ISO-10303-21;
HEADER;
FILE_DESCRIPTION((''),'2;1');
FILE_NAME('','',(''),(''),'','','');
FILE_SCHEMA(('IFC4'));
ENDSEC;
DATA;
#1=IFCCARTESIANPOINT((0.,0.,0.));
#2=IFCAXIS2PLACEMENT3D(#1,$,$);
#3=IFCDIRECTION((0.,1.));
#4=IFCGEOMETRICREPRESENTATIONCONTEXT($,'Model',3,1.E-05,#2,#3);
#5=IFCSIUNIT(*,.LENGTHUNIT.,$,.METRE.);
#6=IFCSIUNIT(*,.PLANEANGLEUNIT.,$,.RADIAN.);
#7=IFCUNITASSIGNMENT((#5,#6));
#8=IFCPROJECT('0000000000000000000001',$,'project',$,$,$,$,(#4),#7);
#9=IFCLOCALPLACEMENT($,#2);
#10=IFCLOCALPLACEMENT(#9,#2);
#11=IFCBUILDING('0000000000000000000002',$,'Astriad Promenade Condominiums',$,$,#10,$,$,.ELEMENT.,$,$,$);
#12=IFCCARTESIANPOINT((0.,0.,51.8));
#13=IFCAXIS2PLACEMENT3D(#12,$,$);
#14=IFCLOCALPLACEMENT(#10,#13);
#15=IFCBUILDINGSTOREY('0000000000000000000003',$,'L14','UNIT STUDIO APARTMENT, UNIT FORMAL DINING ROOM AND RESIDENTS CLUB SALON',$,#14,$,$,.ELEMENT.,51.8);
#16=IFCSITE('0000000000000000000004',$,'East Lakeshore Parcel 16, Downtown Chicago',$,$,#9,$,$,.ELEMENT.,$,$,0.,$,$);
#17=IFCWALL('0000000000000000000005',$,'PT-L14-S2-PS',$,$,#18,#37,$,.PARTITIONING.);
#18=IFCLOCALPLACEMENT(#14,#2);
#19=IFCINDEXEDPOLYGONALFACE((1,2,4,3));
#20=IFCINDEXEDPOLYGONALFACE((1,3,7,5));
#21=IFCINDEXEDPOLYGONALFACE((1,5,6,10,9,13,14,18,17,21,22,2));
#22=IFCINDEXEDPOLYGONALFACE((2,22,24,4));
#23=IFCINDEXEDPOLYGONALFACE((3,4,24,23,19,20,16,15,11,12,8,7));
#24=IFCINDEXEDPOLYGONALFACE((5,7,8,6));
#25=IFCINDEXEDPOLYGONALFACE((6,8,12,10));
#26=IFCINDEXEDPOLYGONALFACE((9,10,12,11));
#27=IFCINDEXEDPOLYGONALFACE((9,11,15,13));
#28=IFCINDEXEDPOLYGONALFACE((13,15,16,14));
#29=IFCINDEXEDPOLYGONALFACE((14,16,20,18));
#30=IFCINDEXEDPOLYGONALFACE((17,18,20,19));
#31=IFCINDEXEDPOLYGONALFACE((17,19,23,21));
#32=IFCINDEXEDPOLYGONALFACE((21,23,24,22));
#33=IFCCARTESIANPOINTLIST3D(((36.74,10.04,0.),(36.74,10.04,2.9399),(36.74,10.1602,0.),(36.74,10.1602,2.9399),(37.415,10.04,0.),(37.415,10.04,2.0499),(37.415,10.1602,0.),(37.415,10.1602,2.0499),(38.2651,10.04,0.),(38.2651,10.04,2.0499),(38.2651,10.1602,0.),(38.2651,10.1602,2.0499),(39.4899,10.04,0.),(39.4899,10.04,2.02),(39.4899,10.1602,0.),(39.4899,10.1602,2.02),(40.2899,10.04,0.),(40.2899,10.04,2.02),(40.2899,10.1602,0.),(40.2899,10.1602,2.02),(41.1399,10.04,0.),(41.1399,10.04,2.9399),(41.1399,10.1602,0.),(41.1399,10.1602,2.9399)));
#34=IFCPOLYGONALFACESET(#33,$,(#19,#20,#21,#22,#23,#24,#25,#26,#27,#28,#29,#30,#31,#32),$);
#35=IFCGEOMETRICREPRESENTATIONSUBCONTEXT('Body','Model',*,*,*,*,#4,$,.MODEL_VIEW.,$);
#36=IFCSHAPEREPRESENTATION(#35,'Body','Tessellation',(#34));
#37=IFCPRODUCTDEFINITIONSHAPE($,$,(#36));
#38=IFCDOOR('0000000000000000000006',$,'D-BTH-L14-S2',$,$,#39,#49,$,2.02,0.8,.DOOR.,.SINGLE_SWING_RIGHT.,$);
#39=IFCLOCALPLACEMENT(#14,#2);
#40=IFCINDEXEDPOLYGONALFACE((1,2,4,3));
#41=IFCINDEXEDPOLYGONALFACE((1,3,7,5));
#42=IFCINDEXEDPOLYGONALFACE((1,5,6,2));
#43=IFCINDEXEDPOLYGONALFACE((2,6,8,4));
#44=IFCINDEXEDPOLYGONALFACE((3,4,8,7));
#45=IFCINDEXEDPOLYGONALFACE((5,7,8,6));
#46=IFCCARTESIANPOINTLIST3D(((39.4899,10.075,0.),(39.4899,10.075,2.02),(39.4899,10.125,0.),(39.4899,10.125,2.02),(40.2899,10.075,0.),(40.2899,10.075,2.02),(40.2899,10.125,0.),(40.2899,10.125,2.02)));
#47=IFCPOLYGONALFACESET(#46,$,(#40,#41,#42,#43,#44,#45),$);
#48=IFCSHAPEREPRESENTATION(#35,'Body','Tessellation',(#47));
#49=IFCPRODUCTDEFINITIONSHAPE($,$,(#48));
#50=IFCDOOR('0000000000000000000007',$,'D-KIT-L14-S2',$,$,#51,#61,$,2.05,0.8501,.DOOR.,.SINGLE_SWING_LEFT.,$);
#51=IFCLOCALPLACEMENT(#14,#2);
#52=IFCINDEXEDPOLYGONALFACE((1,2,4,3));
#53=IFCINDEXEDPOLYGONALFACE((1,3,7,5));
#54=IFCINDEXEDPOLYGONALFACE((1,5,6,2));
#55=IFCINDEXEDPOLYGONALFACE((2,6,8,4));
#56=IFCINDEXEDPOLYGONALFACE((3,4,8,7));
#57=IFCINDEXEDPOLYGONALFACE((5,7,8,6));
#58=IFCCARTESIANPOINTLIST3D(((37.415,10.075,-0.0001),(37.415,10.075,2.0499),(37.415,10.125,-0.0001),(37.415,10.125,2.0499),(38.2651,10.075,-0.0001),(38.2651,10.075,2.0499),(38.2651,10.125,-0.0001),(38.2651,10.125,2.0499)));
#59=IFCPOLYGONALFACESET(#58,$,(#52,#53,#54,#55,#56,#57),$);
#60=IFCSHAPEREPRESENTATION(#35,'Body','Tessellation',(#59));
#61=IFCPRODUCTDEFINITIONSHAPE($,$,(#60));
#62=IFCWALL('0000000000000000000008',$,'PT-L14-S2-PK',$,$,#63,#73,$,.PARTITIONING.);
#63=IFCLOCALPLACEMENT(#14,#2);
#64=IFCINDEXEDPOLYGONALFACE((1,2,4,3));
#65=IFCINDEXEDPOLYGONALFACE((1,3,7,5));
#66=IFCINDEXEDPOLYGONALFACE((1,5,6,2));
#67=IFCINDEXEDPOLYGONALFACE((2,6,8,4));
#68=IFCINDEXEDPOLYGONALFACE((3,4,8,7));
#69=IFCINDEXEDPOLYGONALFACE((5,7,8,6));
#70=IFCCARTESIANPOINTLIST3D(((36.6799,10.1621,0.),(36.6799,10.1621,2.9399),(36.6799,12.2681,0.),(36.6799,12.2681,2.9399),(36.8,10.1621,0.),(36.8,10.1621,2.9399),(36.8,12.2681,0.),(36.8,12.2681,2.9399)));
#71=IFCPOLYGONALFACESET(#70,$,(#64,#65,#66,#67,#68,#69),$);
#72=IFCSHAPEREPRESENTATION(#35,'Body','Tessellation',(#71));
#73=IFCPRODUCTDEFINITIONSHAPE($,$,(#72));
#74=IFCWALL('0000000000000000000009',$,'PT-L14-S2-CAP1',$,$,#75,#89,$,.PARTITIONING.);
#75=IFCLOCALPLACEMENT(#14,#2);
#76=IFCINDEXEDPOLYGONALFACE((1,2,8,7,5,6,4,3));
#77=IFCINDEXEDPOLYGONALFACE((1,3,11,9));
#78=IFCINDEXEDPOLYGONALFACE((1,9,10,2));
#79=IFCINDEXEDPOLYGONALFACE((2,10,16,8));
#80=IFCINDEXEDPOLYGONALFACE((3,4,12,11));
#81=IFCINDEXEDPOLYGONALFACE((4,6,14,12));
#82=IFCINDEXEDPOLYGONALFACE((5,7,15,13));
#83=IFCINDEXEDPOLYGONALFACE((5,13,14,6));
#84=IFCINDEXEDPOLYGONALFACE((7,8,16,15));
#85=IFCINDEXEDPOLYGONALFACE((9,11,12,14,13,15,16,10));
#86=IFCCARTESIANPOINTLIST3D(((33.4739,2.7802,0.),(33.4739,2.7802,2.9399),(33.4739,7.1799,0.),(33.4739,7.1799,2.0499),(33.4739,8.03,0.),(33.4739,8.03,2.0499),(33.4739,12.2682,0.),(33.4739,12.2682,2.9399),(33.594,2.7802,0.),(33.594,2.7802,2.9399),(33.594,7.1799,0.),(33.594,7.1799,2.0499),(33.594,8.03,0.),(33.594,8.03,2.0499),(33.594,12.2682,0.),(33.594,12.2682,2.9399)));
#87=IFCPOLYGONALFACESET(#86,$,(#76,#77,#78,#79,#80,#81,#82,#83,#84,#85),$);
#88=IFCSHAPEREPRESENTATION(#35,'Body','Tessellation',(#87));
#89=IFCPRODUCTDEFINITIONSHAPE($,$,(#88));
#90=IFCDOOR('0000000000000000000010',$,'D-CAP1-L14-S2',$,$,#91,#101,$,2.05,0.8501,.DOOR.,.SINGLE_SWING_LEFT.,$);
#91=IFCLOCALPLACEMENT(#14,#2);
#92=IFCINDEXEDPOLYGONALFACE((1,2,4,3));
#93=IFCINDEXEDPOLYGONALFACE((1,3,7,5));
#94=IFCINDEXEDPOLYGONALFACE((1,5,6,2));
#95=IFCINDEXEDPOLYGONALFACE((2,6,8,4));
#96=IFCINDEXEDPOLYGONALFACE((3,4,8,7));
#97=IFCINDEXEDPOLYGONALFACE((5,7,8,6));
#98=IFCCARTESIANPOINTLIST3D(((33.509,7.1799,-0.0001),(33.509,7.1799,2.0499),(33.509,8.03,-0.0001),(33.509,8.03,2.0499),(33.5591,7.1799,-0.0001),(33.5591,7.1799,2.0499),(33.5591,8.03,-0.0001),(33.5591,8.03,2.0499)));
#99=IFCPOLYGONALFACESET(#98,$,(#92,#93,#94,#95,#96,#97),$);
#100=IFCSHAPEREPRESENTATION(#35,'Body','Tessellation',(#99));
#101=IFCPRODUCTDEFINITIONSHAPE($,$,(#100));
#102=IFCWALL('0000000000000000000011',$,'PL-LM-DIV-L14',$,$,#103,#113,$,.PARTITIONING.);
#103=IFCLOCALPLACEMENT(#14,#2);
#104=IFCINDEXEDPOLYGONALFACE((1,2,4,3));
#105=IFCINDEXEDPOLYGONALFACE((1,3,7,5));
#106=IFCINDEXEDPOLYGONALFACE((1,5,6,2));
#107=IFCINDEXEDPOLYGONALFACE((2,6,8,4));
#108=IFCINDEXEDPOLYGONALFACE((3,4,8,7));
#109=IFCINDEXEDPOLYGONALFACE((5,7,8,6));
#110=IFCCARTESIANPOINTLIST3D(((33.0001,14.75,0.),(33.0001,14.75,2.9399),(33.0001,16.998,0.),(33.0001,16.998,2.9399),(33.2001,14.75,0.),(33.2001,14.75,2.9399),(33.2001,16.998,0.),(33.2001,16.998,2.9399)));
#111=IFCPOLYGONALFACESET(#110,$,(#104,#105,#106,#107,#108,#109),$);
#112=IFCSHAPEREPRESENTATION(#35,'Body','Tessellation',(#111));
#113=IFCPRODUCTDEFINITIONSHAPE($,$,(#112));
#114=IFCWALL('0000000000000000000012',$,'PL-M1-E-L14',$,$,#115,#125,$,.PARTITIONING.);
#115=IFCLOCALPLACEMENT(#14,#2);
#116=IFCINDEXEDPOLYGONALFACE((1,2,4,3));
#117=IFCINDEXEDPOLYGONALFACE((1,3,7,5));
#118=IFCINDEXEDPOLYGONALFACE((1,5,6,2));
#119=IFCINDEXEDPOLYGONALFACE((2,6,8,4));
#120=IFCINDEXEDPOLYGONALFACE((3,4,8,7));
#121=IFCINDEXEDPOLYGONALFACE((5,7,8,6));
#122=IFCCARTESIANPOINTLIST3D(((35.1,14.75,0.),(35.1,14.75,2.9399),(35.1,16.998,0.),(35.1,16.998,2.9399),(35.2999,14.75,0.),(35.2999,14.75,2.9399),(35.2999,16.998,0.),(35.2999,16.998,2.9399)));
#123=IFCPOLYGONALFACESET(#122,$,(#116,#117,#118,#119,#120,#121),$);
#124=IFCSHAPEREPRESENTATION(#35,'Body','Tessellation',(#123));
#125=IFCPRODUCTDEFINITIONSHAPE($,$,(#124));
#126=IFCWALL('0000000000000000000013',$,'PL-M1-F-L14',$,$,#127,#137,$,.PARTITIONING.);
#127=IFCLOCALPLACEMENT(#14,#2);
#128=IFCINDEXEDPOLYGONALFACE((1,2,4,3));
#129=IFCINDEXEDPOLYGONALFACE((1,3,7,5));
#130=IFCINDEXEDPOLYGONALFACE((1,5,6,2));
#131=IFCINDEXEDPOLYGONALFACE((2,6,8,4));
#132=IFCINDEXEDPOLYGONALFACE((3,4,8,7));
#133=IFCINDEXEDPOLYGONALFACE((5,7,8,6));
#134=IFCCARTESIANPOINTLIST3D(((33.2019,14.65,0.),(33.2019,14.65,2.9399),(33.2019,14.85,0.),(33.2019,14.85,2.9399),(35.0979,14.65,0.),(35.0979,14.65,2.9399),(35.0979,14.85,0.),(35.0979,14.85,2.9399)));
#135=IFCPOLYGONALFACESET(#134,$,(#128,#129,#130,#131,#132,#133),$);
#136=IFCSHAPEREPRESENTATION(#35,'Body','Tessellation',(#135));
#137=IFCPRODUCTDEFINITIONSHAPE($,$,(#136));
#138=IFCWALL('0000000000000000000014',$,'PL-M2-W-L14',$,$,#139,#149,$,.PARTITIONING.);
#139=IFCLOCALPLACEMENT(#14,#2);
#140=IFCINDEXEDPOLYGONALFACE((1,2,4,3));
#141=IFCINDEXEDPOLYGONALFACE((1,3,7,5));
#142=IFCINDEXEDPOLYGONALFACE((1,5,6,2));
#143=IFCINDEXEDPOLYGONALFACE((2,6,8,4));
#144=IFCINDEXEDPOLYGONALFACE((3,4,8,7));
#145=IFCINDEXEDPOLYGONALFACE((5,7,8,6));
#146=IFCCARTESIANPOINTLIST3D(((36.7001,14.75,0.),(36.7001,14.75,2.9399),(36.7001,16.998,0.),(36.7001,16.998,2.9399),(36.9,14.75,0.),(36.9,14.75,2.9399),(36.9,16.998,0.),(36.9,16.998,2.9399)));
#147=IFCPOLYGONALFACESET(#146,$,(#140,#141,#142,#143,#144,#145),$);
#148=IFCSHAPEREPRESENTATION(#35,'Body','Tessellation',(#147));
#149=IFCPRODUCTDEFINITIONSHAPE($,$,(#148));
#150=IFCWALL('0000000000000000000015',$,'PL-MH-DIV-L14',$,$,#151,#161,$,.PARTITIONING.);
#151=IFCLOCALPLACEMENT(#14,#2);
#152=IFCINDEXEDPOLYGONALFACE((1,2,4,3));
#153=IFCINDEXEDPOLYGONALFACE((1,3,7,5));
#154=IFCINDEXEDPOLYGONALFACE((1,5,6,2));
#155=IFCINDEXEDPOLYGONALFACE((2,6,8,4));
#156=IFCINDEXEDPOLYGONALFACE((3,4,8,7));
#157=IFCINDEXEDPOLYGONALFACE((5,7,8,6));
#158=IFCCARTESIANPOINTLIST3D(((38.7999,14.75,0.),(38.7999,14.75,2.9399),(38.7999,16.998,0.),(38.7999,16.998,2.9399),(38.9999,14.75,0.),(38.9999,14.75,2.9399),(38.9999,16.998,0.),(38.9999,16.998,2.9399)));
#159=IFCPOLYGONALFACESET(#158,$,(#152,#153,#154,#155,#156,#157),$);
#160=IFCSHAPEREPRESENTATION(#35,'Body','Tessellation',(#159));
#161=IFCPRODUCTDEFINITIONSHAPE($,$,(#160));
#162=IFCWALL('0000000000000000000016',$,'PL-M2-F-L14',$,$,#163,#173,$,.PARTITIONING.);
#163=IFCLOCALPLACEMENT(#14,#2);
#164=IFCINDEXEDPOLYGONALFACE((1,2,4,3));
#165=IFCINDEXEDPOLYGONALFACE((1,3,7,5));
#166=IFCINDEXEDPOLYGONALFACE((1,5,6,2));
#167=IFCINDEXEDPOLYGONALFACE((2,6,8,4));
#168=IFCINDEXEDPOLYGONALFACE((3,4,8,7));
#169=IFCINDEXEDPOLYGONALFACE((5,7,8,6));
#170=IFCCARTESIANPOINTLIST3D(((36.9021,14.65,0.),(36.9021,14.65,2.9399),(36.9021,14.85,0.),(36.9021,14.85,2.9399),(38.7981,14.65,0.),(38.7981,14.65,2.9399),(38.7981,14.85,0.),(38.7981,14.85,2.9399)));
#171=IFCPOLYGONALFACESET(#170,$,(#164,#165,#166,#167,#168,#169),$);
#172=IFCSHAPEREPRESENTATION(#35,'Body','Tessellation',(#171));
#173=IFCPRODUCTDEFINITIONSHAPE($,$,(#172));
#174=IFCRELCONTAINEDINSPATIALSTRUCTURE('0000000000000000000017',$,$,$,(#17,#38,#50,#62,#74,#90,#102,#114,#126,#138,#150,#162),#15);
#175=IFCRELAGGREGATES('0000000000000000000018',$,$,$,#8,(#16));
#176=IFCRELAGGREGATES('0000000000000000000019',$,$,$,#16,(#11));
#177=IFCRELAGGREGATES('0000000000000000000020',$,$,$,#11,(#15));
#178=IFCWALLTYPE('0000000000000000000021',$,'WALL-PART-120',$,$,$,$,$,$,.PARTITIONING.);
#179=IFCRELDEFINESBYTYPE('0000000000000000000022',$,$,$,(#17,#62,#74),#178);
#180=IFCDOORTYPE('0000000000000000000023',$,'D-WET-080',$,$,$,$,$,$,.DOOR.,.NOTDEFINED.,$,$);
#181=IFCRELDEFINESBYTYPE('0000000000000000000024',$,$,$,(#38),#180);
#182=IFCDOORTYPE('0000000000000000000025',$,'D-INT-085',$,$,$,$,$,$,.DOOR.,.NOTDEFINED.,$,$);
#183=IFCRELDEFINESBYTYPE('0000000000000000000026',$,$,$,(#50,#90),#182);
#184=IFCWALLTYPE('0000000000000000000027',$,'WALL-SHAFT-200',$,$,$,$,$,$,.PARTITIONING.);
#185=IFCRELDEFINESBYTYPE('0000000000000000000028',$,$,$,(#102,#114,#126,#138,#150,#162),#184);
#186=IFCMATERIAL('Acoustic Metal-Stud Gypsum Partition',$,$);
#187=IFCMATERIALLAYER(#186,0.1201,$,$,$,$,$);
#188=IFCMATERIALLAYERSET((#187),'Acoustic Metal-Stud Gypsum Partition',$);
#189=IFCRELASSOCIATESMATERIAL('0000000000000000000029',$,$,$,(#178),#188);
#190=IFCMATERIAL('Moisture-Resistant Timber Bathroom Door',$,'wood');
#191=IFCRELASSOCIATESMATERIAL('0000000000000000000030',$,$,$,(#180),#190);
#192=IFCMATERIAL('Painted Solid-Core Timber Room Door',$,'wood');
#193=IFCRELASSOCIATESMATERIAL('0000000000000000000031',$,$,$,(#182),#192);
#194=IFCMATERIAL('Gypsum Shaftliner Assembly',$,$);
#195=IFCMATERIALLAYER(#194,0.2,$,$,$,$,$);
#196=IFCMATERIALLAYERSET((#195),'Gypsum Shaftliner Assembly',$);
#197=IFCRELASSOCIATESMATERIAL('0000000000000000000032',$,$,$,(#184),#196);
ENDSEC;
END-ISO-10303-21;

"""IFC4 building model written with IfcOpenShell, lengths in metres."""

from ifc_helpers import new_model, si_unit, direction, frame, frame_2d, origin, place, context, subcontext, project, spatial, rectangle, extrude, source, transform, mapped, material, layer, layer_set, type_object, type_shapes, element, fill, save


model = new_model("IFC4")

# Units and contexts
model_context = context("Model", 3, precision=1e-05, world=origin(), true_north=direction((0.0, 1.0)))
body_context = subcontext(model_context, "Body", "Model", "MODEL_VIEW")
ifc_project = project(units=[si_unit("LENGTHUNIT", "METRE"), si_unit("PLANEANGLEUNIT", "RADIAN")], contexts=[model_context])

# Site, building, storey
site_placement = place(None, origin())
site = spatial("IfcSite", under=ifc_project, at=site_placement, Name="East Lakeshore Parcel 16, Downtown Chicago", CompositionType="ELEMENT", RefElevation=0.0)
building_placement = place(site_placement, origin())
building = spatial("IfcBuilding", under=site, at=building_placement, Name="Astriad Promenade Condominiums", CompositionType="ELEMENT")
storey_placement = place(building_placement, frame((0.0, 0.0, 51.8)))
storey = spatial("IfcBuildingStorey", under=building, at=storey_placement, Name="L14", Description="UNIT STUDIO APARTMENT, UNIT FORMAL DINING ROOM AND RESIDENTS CLUB SALON", CompositionType="ELEMENT", Elevation=51.8)

# Wall, openings, doors
ifc_material_1 = material(Name="Acoustic Metal-Stud Gypsum Partition")
ifc_layer_1 = layer(ifc_material_1, 0.1201)
ifc_layer_set_1 = layer_set([ifc_layer_1], Name="Acoustic Metal-Stud Gypsum Partition")
wall_type_1 = type_object("IfcWallType", Name="WALL-PART-120", PredefinedType="PARTITIONING", material=ifc_layer_set_1)
wall_1_placement = place(storey_placement, frame((36.74, 10.1001, 0.0), z_axis=(0.0, 0.0, 1.0), x_axis=(1.0, 0.0, 0.0)))
wall_1 = element("IfcWall", 1, at=wall_1_placement, inside=storey, type_object=wall_type_1, Name="PT-L14-S2-PS", PredefinedType="PARTITIONING", context=body_context, shape_type="SweptSolid", body=[
    extrude(rectangle(XDim=4.3999, YDim=0.1201, at=frame_2d((2.2, 0.0))), origin(), (0.0, 0.0, 1.0), 2.9399),
])
opening_1_placement = place(wall_1_placement, frame((0.675, 0.0, 0.0)))
opening_1 = element("IfcOpeningElement", 2, at=opening_1_placement, cuts=wall_1, PredefinedType="OPENING", context=body_context, shape_type="SweptSolid", body=[
    extrude(rectangle(XDim=0.8501, YDim=2.05, at=frame_2d((0.425, 1.0249))), frame((0.0, 0.0701, 0.0), z_axis=(0.0, -1.0, 0.0), x_axis=(1.0, 0.0, 0.0)), (0.0, 0.0, 1.0), 0.1401),
])
opening_2_placement = place(wall_1_placement, frame((2.75, 0.0, 0.0)))
opening_2 = element("IfcOpeningElement", 3, at=opening_2_placement, cuts=wall_1, PredefinedType="OPENING", context=body_context, shape_type="SweptSolid", body=[
    extrude(rectangle(XDim=0.8, YDim=2.02, at=frame_2d((0.3999, 1.01))), frame((0.0, 0.0701, 0.0), z_axis=(0.0, -1.0, 0.0), x_axis=(1.0, 0.0, 0.0)), (0.0, 0.0, 1.0), 0.1401),
])
ifc_material_2 = material(Name="Moisture-Resistant Timber Bathroom Door", Category="wood")
door_type_1 = type_object("IfcDoorType", Name="D-WET-080", OperationType="NOTDEFINED", PredefinedType="DOOR", material=ifc_material_2)
shared_shape_1 = source(origin(), body_context, "Body", "SweptSolid", [
    extrude(rectangle(XDim=0.8, YDim=2.02, at=frame_2d((0.3999, 1.01))), frame((0.0, 0.0249, 0.0), z_axis=(0.0, -1.0, 0.0), x_axis=(1.0, 0.0, 0.0)), (0.0, 0.0, 1.0), 0.05),
])
type_shapes(door_type_1, [shared_shape_1])
door_1_placement = place(opening_2_placement, origin())
door_1 = element("IfcDoor", 4, at=door_1_placement, inside=storey, type_object=door_type_1, Name="D-BTH-L14-S2", OperationType="SINGLE_SWING_RIGHT", OverallHeight=2.02, OverallWidth=0.8, PredefinedType="DOOR", context=body_context, shape_type="MappedRepresentation", body=[
    mapped(shared_shape_1, transform((0.0, 0.0, 0.0), scale=1.0)),
])
fill(opening_2, door_1)
ifc_material_3 = material(Name="Painted Solid-Core Timber Room Door", Category="wood")
door_type_2 = type_object("IfcDoorType", Name="D-INT-085", OperationType="NOTDEFINED", PredefinedType="DOOR", material=ifc_material_3)
shared_shape_2 = source(origin(), body_context, "Body", "SweptSolid", [
    extrude(rectangle(XDim=0.8501, YDim=2.05, at=frame_2d((0.425, 1.0249))), frame((0.0, 0.0249, 0.0), z_axis=(0.0, -1.0, 0.0), x_axis=(1.0, 0.0, 0.0)), (0.0, 0.0, 1.0), 0.05),
])
type_shapes(door_type_2, [shared_shape_2])
door_2_placement = place(opening_1_placement, origin())
door_2 = element("IfcDoor", 5, at=door_2_placement, inside=storey, type_object=door_type_2, Name="D-KIT-L14-S2", OperationType="SINGLE_SWING_LEFT", OverallHeight=2.05, OverallWidth=0.8501, PredefinedType="DOOR", context=body_context, shape_type="MappedRepresentation", body=[
    mapped(shared_shape_2, transform((0.0, 0.0, 0.0), scale=1.0)),
])
fill(opening_1, door_2)

# Wall
wall_2_placement = place(storey_placement, frame((36.74, 10.1621, 0.0), z_axis=(0.0, 0.0, 1.0), x_axis=(0.0, 1.0, 0.0)))
element("IfcWall", 6, at=wall_2_placement, inside=storey, type_object=wall_type_1, Name="PT-L14-S2-PK", PredefinedType="PARTITIONING", context=body_context, shape_type="SweptSolid", body=[
    extrude(rectangle(XDim=2.106, YDim=0.1201, at=frame_2d((1.053, 0.0))), origin(), (0.0, 0.0, 1.0), 2.9399),
])

# Wall, opening, door
wall_3_placement = place(storey_placement, frame((33.5339, 2.78, 0.0), z_axis=(0.0, 0.0, 1.0), x_axis=(0.0, 1.0, 0.0)))
wall_3 = element("IfcWall", 7, at=wall_3_placement, inside=storey, type_object=wall_type_1, Name="PT-L14-S2-CAP1", PredefinedType="PARTITIONING", context=body_context, shape_type="SweptSolid", body=[
    extrude(rectangle(XDim=9.488, YDim=0.1201, at=frame_2d((4.7441, 0.0))), origin(), (0.0, 0.0, 1.0), 2.9399),
])
opening_3_placement = place(wall_3_placement, frame((4.3999, 0.0, 0.0)))
opening_3 = element("IfcOpeningElement", 8, at=opening_3_placement, cuts=wall_3, PredefinedType="OPENING", context=body_context, shape_type="SweptSolid", body=[
    extrude(rectangle(XDim=0.8501, YDim=2.05, at=frame_2d((0.425, 1.0249))), frame((0.0, 0.0701, 0.0), z_axis=(0.0, -1.0, 0.0), x_axis=(1.0, 0.0, 0.0)), (0.0, 0.0, 1.0), 0.1401),
])
door_3_placement = place(opening_3_placement, origin())
door_3 = element("IfcDoor", 9, at=door_3_placement, inside=storey, type_object=door_type_2, Name="D-CAP1-L14-S2", OperationType="SINGLE_SWING_LEFT", OverallHeight=2.05, OverallWidth=0.8501, PredefinedType="DOOR", context=body_context, shape_type="MappedRepresentation", body=[
    mapped(shared_shape_2, transform((0.0, 0.0, 0.0), scale=1.0)),
])
fill(opening_3, door_3)

# Walls
ifc_material_4 = material(Name="Gypsum Shaftliner Assembly")
ifc_layer_2 = layer(ifc_material_4, 0.2)
ifc_layer_set_2 = layer_set([ifc_layer_2], Name="Gypsum Shaftliner Assembly")
wall_type_2 = type_object("IfcWallType", Name="WALL-SHAFT-200", PredefinedType="PARTITIONING", material=ifc_layer_set_2)
for number, where, z_axis, x_axis, name in (
    (10, (33.1001, 14.75, 0.0), (0.0, 0.0, 1.0), (0.0, 1.0, 0.0), "PL-LM-DIV-L14"),
    (11, (35.2, 14.75, 0.0), (0.0, 0.0, 1.0), (0.0, 1.0, 0.0), "PL-M1-E-L14"),
):
    element("IfcWall", number, at=place(storey_placement, frame(where, z_axis=z_axis, x_axis=x_axis)), inside=storey, type_object=wall_type_2, Name=name, PredefinedType="PARTITIONING", context=body_context, shape_type="SweptSolid", body=[
        extrude(rectangle(XDim=2.248, YDim=0.2, at=frame_2d((1.124, 0.0))), origin(), (0.0, 0.0, 1.0), 2.9399),
    ])
wall_4_placement = place(storey_placement, frame((33.2019, 14.75, 0.0), z_axis=(0.0, 0.0, 1.0), x_axis=(1.0, 0.0, 0.0)))
element("IfcWall", 12, at=wall_4_placement, inside=storey, type_object=wall_type_2, Name="PL-M1-F-L14", PredefinedType="PARTITIONING", context=body_context, shape_type="SweptSolid", body=[
    extrude(rectangle(XDim=1.896, YDim=0.2, at=frame_2d((0.948, 0.0))), origin(), (0.0, 0.0, 1.0), 2.9399),
])
for number, where, z_axis, x_axis, name in (
    (13, (36.8, 14.75, 0.0), (0.0, 0.0, 1.0), (0.0, 1.0, 0.0), "PL-M2-W-L14"),
    (14, (38.8999, 14.75, 0.0), (0.0, 0.0, 1.0), (0.0, 1.0, 0.0), "PL-MH-DIV-L14"),
):
    element("IfcWall", number, at=place(storey_placement, frame(where, z_axis=z_axis, x_axis=x_axis)), inside=storey, type_object=wall_type_2, Name=name, PredefinedType="PARTITIONING", context=body_context, shape_type="SweptSolid", body=[
        extrude(rectangle(XDim=2.248, YDim=0.2, at=frame_2d((1.124, 0.0))), origin(), (0.0, 0.0, 1.0), 2.9399),
    ])
wall_5_placement = place(storey_placement, frame((36.9021, 14.75, 0.0), z_axis=(0.0, 0.0, 1.0), x_axis=(1.0, 0.0, 0.0)))
element("IfcWall", 15, at=wall_5_placement, inside=storey, type_object=wall_type_2, Name="PL-M2-F-L14", PredefinedType="PARTITIONING", context=body_context, shape_type="SweptSolid", body=[
    extrude(rectangle(XDim=1.896, YDim=0.2, at=frame_2d((0.948, 0.0))), origin(), (0.0, 0.0, 1.0), 2.9399),
])

save(model, "model.ifc")
